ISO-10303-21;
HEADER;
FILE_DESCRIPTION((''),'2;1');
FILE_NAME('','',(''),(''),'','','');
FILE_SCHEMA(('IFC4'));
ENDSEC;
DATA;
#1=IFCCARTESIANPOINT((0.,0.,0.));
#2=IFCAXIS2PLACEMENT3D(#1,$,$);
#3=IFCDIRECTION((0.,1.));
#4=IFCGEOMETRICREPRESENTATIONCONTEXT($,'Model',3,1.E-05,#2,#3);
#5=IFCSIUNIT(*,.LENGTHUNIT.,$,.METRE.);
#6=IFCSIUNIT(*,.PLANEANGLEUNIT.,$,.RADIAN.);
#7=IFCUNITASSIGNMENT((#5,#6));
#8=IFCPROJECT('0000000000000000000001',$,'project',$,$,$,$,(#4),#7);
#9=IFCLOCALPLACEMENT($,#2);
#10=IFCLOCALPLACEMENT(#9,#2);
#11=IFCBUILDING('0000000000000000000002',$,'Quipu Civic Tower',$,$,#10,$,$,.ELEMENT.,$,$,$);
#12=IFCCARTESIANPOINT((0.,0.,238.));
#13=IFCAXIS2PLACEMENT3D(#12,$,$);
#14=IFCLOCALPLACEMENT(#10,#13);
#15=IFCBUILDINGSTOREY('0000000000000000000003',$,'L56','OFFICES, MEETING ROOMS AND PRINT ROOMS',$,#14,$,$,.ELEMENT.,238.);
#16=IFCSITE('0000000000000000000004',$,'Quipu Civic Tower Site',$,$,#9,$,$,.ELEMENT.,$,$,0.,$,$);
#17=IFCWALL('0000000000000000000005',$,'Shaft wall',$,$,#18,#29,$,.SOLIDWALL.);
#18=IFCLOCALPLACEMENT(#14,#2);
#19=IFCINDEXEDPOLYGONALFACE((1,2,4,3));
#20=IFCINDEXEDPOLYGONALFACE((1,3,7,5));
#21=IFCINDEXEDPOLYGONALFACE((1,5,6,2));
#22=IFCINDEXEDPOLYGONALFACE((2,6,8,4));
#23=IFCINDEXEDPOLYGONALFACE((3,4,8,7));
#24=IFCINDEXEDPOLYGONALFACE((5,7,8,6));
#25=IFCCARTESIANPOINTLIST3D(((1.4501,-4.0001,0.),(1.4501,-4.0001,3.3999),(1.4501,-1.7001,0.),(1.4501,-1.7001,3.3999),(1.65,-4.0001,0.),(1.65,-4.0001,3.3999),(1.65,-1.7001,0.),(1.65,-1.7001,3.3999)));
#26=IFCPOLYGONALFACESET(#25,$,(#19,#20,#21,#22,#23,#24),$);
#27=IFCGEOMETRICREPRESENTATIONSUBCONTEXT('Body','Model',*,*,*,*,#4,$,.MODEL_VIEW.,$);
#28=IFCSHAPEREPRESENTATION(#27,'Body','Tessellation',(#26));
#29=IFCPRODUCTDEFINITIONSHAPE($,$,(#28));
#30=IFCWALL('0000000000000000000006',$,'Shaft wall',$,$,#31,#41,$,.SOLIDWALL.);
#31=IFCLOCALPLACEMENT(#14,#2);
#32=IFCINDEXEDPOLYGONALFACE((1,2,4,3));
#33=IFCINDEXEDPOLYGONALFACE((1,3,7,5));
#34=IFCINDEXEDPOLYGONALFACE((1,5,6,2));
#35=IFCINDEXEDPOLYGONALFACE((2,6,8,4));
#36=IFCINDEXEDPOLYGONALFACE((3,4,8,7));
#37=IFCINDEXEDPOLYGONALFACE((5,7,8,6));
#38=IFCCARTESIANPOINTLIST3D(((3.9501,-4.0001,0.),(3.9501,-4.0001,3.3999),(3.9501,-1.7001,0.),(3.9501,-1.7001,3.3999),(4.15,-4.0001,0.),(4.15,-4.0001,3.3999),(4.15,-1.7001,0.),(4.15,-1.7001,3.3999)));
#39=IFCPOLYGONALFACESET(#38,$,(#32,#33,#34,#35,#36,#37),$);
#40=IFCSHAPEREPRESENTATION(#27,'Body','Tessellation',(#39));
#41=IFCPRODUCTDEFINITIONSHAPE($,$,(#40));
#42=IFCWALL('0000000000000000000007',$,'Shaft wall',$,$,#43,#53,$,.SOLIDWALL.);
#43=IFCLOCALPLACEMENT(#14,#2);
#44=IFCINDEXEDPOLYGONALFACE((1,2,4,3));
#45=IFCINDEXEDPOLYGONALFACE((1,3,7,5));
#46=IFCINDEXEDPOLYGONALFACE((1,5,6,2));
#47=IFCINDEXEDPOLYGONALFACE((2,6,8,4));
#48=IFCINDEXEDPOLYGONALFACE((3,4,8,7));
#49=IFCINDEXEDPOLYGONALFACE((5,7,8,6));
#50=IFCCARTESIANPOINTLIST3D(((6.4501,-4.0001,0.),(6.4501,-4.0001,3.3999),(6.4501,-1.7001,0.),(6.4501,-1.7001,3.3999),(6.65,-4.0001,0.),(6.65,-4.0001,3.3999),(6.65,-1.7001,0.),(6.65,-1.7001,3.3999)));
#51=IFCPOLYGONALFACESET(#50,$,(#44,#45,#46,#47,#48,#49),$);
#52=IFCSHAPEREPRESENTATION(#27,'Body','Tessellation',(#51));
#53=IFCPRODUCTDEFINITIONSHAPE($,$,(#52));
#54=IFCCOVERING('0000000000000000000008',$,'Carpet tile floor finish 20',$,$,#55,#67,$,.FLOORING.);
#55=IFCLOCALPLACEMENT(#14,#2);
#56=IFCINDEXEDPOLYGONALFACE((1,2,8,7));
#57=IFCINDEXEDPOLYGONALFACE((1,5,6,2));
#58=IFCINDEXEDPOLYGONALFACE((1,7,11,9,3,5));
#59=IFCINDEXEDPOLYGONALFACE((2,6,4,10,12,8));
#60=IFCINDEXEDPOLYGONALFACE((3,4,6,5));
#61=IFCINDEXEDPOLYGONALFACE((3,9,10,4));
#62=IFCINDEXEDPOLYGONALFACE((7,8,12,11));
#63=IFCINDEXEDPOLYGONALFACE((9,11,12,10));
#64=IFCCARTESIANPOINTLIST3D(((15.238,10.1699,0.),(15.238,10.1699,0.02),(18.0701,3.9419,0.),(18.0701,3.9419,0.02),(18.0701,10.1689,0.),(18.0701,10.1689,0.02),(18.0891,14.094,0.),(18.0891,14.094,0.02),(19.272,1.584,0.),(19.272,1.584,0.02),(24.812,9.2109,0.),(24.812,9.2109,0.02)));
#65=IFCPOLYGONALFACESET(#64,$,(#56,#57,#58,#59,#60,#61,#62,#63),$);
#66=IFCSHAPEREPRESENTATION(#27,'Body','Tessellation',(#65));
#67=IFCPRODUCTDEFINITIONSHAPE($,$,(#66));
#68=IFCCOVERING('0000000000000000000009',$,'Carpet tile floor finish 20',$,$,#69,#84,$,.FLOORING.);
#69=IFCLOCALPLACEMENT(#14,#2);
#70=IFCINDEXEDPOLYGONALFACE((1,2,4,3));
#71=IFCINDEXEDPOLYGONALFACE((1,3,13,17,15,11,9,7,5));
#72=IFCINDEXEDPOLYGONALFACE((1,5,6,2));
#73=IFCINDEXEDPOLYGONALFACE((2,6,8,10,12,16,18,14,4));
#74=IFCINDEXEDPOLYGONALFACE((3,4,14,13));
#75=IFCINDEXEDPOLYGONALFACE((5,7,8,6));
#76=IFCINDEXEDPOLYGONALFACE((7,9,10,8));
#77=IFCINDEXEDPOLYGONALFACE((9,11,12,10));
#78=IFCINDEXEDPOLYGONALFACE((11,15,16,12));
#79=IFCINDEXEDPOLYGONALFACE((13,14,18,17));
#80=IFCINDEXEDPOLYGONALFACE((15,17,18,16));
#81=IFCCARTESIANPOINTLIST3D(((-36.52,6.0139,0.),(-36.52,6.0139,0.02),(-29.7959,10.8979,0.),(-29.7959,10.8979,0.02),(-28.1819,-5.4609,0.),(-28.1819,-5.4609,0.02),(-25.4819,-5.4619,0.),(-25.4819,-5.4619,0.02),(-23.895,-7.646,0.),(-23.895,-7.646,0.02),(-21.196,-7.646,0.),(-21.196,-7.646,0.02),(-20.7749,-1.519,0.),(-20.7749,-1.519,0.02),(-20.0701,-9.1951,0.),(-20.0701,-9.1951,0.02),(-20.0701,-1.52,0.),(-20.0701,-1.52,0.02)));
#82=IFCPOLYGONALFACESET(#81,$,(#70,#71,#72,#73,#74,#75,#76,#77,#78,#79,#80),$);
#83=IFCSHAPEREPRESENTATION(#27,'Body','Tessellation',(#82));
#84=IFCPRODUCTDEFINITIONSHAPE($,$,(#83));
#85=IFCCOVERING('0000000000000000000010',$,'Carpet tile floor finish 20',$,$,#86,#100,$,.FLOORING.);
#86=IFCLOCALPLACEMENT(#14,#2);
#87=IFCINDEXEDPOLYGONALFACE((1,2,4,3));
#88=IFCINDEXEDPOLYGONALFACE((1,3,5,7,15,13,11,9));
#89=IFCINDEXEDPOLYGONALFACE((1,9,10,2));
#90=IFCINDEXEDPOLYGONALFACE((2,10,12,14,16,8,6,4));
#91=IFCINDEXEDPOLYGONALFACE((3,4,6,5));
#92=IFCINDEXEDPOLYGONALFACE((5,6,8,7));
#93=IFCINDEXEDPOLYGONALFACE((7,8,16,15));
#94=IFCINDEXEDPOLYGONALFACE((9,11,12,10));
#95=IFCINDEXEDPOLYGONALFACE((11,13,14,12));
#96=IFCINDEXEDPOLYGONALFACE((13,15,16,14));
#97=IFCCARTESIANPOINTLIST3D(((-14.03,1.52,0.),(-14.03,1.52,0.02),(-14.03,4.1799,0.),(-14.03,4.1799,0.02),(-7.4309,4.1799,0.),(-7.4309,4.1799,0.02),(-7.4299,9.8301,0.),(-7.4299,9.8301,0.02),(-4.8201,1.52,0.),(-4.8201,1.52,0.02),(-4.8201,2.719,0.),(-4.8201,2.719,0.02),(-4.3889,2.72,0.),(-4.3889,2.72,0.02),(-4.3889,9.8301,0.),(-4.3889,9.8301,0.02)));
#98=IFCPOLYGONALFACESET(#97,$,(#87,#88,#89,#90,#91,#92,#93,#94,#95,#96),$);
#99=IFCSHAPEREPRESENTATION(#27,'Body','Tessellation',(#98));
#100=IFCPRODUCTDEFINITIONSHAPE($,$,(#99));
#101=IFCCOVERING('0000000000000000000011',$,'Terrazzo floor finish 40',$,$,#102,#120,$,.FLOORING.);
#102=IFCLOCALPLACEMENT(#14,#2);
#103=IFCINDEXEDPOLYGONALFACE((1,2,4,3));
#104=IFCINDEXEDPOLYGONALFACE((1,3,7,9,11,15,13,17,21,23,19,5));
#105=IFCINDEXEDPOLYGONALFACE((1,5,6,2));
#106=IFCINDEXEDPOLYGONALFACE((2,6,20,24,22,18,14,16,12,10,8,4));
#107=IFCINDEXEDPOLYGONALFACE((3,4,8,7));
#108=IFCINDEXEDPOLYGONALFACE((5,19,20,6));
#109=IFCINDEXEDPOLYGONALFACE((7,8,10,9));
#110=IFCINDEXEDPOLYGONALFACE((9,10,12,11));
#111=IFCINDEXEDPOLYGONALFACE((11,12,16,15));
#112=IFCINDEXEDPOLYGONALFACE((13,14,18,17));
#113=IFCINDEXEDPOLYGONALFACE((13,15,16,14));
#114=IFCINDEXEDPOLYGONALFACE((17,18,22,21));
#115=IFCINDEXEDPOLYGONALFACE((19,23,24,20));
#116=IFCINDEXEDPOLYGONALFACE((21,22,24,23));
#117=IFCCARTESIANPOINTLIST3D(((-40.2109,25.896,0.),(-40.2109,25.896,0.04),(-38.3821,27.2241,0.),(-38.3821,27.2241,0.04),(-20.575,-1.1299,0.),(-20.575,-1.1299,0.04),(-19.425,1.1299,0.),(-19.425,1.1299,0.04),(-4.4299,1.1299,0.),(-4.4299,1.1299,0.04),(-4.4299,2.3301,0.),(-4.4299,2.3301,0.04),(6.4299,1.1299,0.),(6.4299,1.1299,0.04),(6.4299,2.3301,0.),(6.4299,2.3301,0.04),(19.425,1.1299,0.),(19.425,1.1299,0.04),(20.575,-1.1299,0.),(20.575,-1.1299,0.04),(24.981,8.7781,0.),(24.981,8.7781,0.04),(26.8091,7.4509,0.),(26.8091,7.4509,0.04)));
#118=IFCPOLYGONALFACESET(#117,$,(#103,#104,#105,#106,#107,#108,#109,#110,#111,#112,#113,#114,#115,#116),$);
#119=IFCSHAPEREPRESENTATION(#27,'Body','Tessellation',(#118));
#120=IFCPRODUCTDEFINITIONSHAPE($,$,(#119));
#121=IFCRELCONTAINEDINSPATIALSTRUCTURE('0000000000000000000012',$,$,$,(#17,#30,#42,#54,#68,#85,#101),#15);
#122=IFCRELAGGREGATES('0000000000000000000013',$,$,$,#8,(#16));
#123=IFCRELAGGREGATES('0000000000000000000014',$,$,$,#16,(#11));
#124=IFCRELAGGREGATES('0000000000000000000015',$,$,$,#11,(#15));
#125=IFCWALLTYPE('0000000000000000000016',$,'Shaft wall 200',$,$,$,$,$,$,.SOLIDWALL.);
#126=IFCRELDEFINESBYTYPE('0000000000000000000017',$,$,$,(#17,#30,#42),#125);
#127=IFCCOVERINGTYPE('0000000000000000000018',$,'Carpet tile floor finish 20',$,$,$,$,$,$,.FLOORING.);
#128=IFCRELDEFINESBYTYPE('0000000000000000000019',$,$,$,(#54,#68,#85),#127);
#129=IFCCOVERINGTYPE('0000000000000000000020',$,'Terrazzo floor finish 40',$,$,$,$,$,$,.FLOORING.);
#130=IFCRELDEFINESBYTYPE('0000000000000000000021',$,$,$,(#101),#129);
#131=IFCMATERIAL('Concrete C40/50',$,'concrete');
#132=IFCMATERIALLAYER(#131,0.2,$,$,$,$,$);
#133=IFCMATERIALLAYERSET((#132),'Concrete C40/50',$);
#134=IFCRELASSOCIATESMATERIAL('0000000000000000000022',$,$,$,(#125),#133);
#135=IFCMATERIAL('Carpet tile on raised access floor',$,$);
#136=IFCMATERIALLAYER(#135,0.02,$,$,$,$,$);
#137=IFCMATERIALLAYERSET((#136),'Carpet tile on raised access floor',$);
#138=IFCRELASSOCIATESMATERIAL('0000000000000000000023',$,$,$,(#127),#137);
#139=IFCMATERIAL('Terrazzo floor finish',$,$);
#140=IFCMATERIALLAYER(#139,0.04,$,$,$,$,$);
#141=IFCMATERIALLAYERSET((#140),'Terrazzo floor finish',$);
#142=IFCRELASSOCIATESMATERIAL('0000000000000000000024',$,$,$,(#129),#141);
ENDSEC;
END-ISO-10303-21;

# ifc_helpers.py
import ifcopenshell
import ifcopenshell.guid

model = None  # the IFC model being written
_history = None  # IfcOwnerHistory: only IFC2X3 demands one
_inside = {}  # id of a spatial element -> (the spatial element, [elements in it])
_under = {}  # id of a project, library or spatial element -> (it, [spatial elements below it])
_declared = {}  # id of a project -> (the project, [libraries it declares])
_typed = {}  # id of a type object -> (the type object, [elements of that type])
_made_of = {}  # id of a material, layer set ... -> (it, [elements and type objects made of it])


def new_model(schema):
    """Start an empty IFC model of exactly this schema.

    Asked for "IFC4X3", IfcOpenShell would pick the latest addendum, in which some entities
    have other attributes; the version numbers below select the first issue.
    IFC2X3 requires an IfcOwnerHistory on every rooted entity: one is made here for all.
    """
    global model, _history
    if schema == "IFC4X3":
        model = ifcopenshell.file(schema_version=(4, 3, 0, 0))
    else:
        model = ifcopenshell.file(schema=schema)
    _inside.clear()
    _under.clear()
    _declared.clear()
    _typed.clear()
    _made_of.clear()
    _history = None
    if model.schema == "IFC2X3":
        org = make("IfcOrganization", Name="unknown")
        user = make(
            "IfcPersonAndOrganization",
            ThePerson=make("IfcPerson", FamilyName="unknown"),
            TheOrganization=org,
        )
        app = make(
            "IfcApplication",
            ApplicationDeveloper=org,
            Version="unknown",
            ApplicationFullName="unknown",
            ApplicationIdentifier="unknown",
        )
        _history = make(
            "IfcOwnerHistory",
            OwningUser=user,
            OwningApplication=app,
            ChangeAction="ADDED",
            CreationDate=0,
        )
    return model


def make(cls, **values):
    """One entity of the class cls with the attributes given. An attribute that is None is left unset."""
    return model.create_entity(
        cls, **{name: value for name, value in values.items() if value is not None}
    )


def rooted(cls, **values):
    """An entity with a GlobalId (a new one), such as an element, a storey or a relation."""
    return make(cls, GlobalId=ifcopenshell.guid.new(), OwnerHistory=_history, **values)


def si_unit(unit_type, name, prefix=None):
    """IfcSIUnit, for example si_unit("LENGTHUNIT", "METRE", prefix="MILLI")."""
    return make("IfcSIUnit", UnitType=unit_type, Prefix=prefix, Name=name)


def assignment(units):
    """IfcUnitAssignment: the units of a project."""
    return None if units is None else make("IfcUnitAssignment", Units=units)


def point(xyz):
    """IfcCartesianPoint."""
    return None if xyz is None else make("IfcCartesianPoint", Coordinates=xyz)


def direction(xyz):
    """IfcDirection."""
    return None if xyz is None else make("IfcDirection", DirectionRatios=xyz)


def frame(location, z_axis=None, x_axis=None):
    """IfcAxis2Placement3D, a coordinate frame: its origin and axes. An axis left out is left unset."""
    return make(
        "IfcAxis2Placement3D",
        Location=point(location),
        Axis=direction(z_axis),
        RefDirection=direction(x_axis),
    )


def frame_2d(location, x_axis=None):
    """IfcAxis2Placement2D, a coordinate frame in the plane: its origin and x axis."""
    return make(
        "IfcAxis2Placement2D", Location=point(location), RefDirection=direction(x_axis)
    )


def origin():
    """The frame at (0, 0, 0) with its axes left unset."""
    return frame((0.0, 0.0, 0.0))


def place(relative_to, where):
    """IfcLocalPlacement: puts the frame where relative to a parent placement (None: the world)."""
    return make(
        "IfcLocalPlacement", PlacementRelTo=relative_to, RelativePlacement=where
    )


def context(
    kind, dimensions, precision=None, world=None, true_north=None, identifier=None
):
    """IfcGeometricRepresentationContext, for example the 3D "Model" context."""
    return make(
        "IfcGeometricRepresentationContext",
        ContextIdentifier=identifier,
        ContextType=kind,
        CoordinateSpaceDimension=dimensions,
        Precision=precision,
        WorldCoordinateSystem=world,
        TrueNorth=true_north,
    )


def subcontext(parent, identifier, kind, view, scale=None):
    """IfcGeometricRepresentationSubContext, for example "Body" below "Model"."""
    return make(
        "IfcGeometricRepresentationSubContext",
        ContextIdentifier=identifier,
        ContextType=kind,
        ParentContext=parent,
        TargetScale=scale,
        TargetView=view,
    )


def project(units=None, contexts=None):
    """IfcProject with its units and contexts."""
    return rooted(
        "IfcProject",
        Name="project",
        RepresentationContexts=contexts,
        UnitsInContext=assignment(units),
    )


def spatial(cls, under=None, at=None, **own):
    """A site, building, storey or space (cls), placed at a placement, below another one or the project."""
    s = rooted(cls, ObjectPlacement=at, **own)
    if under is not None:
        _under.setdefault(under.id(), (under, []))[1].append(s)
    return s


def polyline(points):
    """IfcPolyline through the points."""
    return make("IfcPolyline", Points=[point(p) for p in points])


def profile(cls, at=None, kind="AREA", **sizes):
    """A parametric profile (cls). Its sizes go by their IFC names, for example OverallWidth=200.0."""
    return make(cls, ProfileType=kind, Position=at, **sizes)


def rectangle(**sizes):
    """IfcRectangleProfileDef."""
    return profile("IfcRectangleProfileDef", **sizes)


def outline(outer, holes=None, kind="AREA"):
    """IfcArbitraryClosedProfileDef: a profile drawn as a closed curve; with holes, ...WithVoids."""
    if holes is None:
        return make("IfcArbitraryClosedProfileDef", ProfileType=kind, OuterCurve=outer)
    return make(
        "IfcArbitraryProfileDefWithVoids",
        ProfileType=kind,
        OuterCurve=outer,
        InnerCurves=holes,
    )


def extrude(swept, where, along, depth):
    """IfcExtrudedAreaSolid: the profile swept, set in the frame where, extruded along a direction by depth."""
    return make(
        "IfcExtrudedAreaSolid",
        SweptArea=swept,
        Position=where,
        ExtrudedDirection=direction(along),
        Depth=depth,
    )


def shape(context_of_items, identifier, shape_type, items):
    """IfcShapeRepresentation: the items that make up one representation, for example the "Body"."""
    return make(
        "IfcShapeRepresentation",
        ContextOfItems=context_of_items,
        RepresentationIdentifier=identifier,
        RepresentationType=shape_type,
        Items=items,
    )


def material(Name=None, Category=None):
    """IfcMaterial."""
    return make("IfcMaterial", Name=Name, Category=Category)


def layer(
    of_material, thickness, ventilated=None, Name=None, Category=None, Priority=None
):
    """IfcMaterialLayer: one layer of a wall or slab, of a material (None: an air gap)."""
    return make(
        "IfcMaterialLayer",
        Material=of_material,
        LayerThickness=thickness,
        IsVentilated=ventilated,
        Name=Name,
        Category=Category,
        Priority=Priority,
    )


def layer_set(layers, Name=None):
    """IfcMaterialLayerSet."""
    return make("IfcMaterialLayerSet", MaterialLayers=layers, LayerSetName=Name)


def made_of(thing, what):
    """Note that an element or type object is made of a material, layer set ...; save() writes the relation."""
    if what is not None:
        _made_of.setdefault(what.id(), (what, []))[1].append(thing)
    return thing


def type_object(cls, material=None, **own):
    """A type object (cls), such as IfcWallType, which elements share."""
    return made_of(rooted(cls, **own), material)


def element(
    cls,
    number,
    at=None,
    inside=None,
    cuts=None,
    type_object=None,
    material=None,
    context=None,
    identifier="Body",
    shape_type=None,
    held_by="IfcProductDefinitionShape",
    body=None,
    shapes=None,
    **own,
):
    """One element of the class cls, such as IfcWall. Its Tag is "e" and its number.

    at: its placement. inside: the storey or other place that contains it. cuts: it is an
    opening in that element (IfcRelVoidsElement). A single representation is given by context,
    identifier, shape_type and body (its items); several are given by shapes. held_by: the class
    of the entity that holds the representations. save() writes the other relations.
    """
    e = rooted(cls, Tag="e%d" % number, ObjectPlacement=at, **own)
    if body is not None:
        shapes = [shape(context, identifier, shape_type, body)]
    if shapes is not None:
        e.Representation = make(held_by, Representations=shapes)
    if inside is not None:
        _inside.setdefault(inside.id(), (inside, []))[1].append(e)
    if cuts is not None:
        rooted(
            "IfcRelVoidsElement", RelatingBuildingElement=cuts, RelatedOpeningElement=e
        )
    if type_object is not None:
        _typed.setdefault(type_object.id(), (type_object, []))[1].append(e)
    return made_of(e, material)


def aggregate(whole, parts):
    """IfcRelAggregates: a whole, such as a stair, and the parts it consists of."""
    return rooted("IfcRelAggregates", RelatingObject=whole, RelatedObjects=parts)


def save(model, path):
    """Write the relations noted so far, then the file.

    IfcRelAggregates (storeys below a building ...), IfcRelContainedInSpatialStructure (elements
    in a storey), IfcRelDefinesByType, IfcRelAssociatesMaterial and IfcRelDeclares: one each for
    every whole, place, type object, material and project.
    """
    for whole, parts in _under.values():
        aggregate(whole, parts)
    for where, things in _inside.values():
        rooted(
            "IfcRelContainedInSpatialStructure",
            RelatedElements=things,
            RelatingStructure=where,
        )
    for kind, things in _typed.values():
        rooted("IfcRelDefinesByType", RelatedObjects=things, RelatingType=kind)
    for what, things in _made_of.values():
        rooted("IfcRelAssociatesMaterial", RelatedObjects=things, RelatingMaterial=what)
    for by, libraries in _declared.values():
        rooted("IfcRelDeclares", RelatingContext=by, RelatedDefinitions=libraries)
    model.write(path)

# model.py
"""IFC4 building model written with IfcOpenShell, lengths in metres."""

from ifc_helpers import new_model, si_unit, direction, frame, frame_2d, origin, place, context, subcontext, project, spatial, polyline, rectangle, outline, extrude, material, layer, layer_set, type_object, element, save


model = new_model("IFC4")

# Units and contexts
model_context = context("Model", 3, precision=1e-05, world=origin(), true_north=direction((0.0, 1.0)))
body_context = subcontext(model_context, "Body", "Model", "MODEL_VIEW")
ifc_project = project(units=[si_unit("LENGTHUNIT", "METRE"), si_unit("PLANEANGLEUNIT", "RADIAN")], contexts=[model_context])

# Site, building, storey
site_placement = place(None, origin())
site = spatial("IfcSite", under=ifc_project, at=site_placement, Name="Quipu Civic Tower Site", CompositionType="ELEMENT", RefElevation=0.0)
building_placement = place(site_placement, origin())
building = spatial("IfcBuilding", under=site, at=building_placement, Name="Quipu Civic Tower", CompositionType="ELEMENT")
storey_placement = place(building_placement, frame((0.0, 0.0, 238.0)))
storey = spatial("IfcBuildingStorey", under=building, at=storey_placement, Name="L56", Description="OFFICES, MEETING ROOMS AND PRINT ROOMS", CompositionType="ELEMENT", Elevation=238.0)

# Walls
ifc_material_1 = material(Name="Concrete C40/50", Category="concrete")
ifc_layer_1 = layer(ifc_material_1, 0.2)
ifc_layer_set_1 = layer_set([ifc_layer_1], Name="Concrete C40/50")
wall_type_1 = type_object("IfcWallType", Name="Shaft wall 200", PredefinedType="SOLIDWALL", material=ifc_layer_set_1)
for number, where, z_axis, x_axis, name in (
    (1, (1.55, -4.0, 0.0), (0.0, 0.0, 1.0), (0.0, 1.0, 0.0), "Shaft wall"),
    (2, (4.05, -4.0, 0.0), (0.0, 0.0, 1.0), (0.0, 1.0, 0.0), "Shaft wall"),
    (3, (6.55, -4.0, 0.0), (0.0, 0.0, 1.0), (0.0, 1.0, 0.0), "Shaft wall"),
):
    element("IfcWall", number, at=place(storey_placement, frame(where, z_axis=z_axis, x_axis=x_axis)), inside=storey, type_object=wall_type_1, Name=name, PredefinedType="SOLIDWALL", context=body_context, shape_type="SweptSolid", body=[
        extrude(rectangle(XDim=2.3, YDim=0.2, at=frame_2d((1.1499, 0.0))), origin(), (0.0, 0.0, 1.0), 3.3999),
    ])

# Coverings
ifc_material_2 = material(Name="Carpet tile on raised access floor")
ifc_layer_2 = layer(ifc_material_2, 0.02)
ifc_layer_set_2 = layer_set([ifc_layer_2], Name="Carpet tile on raised access floor")
covering_type_1 = type_object("IfcCoveringType", Name="Carpet tile floor finish 20", PredefinedType="FLOORING", material=ifc_layer_set_2)
covering_1_placement = place(storey_placement, origin())
element("IfcCovering", 4, at=covering_1_placement, inside=storey, type_object=covering_type_1, Name="Carpet tile floor finish 20", PredefinedType="FLOORING", context=body_context, shape_type="SweptSolid", body=[
    extrude(outline(polyline([(15.238, 10.1699), (18.0891, 14.094), (24.812, 9.2109), (19.272, 1.584), (18.0701, 3.9419), (18.0701, 10.1689), (15.238, 10.1699)])), origin(), (0.0, 0.0, 1.0), 0.02),
])
covering_2_placement = place(storey_placement, origin())
element("IfcCovering", 5, at=covering_2_placement, inside=storey, type_object=covering_type_1, Name="Carpet tile floor finish 20", PredefinedType="FLOORING", context=body_context, shape_type="SweptSolid", body=[
    extrude(outline(polyline([(-36.52, 6.0139), (-29.7959, 10.8979), (-20.7749, -1.519), (-20.0701, -1.52), (-20.0701, -9.1951), (-21.196, -7.646), (-23.895, -7.646), (-25.4819, -5.4619), (-28.1819, -5.4609), (-36.52, 6.0139)])), origin(), (0.0, 0.0, 1.0), 0.02),
])
covering_3_placement = place(storey_placement, origin())
element("IfcCovering", 6, at=covering_3_placement, inside=storey, type_object=covering_type_1, Name="Carpet tile floor finish 20", PredefinedType="FLOORING", context=body_context, shape_type="SweptSolid", body=[
    extrude(outline(polyline([(-14.03, 1.52), (-14.03, 4.1799), (-7.4309, 4.1799), (-7.4299, 9.8301), (-4.3889, 9.8301), (-4.3889, 2.72), (-4.8201, 2.719), (-4.8201, 1.52), (-14.03, 1.52)])), origin(), (0.0, 0.0, 1.0), 0.02),
])
ifc_material_3 = material(Name="Terrazzo floor finish")
ifc_layer_3 = layer(ifc_material_3, 0.04)
ifc_layer_set_3 = layer_set([ifc_layer_3], Name="Terrazzo floor finish")
covering_type_2 = type_object("IfcCoveringType", Name="Terrazzo floor finish 40", PredefinedType="FLOORING", material=ifc_layer_set_3)
covering_4_placement = place(storey_placement, origin())
element("IfcCovering", 7, at=covering_4_placement, inside=storey, type_object=covering_type_2, Name="Terrazzo floor finish 40", PredefinedType="FLOORING", context=body_context, shape_type="SweptSolid", body=[
    extrude(outline(polyline([(6.4299, 1.1299), (19.425, 1.1299), (24.981, 8.7781), (26.8091, 7.4509), (20.575, -1.1299), (-20.575, -1.1299), (-40.2109, 25.896), (-38.3821, 27.2241), (-19.425, 1.1299), (-4.4299, 1.1299), (-4.4299, 2.3301), (6.4299, 2.3301), (6.4299, 1.1299)])), origin(), (0.0, 0.0, 1.0), 0.04),
])

save(model, "model.ifc")
